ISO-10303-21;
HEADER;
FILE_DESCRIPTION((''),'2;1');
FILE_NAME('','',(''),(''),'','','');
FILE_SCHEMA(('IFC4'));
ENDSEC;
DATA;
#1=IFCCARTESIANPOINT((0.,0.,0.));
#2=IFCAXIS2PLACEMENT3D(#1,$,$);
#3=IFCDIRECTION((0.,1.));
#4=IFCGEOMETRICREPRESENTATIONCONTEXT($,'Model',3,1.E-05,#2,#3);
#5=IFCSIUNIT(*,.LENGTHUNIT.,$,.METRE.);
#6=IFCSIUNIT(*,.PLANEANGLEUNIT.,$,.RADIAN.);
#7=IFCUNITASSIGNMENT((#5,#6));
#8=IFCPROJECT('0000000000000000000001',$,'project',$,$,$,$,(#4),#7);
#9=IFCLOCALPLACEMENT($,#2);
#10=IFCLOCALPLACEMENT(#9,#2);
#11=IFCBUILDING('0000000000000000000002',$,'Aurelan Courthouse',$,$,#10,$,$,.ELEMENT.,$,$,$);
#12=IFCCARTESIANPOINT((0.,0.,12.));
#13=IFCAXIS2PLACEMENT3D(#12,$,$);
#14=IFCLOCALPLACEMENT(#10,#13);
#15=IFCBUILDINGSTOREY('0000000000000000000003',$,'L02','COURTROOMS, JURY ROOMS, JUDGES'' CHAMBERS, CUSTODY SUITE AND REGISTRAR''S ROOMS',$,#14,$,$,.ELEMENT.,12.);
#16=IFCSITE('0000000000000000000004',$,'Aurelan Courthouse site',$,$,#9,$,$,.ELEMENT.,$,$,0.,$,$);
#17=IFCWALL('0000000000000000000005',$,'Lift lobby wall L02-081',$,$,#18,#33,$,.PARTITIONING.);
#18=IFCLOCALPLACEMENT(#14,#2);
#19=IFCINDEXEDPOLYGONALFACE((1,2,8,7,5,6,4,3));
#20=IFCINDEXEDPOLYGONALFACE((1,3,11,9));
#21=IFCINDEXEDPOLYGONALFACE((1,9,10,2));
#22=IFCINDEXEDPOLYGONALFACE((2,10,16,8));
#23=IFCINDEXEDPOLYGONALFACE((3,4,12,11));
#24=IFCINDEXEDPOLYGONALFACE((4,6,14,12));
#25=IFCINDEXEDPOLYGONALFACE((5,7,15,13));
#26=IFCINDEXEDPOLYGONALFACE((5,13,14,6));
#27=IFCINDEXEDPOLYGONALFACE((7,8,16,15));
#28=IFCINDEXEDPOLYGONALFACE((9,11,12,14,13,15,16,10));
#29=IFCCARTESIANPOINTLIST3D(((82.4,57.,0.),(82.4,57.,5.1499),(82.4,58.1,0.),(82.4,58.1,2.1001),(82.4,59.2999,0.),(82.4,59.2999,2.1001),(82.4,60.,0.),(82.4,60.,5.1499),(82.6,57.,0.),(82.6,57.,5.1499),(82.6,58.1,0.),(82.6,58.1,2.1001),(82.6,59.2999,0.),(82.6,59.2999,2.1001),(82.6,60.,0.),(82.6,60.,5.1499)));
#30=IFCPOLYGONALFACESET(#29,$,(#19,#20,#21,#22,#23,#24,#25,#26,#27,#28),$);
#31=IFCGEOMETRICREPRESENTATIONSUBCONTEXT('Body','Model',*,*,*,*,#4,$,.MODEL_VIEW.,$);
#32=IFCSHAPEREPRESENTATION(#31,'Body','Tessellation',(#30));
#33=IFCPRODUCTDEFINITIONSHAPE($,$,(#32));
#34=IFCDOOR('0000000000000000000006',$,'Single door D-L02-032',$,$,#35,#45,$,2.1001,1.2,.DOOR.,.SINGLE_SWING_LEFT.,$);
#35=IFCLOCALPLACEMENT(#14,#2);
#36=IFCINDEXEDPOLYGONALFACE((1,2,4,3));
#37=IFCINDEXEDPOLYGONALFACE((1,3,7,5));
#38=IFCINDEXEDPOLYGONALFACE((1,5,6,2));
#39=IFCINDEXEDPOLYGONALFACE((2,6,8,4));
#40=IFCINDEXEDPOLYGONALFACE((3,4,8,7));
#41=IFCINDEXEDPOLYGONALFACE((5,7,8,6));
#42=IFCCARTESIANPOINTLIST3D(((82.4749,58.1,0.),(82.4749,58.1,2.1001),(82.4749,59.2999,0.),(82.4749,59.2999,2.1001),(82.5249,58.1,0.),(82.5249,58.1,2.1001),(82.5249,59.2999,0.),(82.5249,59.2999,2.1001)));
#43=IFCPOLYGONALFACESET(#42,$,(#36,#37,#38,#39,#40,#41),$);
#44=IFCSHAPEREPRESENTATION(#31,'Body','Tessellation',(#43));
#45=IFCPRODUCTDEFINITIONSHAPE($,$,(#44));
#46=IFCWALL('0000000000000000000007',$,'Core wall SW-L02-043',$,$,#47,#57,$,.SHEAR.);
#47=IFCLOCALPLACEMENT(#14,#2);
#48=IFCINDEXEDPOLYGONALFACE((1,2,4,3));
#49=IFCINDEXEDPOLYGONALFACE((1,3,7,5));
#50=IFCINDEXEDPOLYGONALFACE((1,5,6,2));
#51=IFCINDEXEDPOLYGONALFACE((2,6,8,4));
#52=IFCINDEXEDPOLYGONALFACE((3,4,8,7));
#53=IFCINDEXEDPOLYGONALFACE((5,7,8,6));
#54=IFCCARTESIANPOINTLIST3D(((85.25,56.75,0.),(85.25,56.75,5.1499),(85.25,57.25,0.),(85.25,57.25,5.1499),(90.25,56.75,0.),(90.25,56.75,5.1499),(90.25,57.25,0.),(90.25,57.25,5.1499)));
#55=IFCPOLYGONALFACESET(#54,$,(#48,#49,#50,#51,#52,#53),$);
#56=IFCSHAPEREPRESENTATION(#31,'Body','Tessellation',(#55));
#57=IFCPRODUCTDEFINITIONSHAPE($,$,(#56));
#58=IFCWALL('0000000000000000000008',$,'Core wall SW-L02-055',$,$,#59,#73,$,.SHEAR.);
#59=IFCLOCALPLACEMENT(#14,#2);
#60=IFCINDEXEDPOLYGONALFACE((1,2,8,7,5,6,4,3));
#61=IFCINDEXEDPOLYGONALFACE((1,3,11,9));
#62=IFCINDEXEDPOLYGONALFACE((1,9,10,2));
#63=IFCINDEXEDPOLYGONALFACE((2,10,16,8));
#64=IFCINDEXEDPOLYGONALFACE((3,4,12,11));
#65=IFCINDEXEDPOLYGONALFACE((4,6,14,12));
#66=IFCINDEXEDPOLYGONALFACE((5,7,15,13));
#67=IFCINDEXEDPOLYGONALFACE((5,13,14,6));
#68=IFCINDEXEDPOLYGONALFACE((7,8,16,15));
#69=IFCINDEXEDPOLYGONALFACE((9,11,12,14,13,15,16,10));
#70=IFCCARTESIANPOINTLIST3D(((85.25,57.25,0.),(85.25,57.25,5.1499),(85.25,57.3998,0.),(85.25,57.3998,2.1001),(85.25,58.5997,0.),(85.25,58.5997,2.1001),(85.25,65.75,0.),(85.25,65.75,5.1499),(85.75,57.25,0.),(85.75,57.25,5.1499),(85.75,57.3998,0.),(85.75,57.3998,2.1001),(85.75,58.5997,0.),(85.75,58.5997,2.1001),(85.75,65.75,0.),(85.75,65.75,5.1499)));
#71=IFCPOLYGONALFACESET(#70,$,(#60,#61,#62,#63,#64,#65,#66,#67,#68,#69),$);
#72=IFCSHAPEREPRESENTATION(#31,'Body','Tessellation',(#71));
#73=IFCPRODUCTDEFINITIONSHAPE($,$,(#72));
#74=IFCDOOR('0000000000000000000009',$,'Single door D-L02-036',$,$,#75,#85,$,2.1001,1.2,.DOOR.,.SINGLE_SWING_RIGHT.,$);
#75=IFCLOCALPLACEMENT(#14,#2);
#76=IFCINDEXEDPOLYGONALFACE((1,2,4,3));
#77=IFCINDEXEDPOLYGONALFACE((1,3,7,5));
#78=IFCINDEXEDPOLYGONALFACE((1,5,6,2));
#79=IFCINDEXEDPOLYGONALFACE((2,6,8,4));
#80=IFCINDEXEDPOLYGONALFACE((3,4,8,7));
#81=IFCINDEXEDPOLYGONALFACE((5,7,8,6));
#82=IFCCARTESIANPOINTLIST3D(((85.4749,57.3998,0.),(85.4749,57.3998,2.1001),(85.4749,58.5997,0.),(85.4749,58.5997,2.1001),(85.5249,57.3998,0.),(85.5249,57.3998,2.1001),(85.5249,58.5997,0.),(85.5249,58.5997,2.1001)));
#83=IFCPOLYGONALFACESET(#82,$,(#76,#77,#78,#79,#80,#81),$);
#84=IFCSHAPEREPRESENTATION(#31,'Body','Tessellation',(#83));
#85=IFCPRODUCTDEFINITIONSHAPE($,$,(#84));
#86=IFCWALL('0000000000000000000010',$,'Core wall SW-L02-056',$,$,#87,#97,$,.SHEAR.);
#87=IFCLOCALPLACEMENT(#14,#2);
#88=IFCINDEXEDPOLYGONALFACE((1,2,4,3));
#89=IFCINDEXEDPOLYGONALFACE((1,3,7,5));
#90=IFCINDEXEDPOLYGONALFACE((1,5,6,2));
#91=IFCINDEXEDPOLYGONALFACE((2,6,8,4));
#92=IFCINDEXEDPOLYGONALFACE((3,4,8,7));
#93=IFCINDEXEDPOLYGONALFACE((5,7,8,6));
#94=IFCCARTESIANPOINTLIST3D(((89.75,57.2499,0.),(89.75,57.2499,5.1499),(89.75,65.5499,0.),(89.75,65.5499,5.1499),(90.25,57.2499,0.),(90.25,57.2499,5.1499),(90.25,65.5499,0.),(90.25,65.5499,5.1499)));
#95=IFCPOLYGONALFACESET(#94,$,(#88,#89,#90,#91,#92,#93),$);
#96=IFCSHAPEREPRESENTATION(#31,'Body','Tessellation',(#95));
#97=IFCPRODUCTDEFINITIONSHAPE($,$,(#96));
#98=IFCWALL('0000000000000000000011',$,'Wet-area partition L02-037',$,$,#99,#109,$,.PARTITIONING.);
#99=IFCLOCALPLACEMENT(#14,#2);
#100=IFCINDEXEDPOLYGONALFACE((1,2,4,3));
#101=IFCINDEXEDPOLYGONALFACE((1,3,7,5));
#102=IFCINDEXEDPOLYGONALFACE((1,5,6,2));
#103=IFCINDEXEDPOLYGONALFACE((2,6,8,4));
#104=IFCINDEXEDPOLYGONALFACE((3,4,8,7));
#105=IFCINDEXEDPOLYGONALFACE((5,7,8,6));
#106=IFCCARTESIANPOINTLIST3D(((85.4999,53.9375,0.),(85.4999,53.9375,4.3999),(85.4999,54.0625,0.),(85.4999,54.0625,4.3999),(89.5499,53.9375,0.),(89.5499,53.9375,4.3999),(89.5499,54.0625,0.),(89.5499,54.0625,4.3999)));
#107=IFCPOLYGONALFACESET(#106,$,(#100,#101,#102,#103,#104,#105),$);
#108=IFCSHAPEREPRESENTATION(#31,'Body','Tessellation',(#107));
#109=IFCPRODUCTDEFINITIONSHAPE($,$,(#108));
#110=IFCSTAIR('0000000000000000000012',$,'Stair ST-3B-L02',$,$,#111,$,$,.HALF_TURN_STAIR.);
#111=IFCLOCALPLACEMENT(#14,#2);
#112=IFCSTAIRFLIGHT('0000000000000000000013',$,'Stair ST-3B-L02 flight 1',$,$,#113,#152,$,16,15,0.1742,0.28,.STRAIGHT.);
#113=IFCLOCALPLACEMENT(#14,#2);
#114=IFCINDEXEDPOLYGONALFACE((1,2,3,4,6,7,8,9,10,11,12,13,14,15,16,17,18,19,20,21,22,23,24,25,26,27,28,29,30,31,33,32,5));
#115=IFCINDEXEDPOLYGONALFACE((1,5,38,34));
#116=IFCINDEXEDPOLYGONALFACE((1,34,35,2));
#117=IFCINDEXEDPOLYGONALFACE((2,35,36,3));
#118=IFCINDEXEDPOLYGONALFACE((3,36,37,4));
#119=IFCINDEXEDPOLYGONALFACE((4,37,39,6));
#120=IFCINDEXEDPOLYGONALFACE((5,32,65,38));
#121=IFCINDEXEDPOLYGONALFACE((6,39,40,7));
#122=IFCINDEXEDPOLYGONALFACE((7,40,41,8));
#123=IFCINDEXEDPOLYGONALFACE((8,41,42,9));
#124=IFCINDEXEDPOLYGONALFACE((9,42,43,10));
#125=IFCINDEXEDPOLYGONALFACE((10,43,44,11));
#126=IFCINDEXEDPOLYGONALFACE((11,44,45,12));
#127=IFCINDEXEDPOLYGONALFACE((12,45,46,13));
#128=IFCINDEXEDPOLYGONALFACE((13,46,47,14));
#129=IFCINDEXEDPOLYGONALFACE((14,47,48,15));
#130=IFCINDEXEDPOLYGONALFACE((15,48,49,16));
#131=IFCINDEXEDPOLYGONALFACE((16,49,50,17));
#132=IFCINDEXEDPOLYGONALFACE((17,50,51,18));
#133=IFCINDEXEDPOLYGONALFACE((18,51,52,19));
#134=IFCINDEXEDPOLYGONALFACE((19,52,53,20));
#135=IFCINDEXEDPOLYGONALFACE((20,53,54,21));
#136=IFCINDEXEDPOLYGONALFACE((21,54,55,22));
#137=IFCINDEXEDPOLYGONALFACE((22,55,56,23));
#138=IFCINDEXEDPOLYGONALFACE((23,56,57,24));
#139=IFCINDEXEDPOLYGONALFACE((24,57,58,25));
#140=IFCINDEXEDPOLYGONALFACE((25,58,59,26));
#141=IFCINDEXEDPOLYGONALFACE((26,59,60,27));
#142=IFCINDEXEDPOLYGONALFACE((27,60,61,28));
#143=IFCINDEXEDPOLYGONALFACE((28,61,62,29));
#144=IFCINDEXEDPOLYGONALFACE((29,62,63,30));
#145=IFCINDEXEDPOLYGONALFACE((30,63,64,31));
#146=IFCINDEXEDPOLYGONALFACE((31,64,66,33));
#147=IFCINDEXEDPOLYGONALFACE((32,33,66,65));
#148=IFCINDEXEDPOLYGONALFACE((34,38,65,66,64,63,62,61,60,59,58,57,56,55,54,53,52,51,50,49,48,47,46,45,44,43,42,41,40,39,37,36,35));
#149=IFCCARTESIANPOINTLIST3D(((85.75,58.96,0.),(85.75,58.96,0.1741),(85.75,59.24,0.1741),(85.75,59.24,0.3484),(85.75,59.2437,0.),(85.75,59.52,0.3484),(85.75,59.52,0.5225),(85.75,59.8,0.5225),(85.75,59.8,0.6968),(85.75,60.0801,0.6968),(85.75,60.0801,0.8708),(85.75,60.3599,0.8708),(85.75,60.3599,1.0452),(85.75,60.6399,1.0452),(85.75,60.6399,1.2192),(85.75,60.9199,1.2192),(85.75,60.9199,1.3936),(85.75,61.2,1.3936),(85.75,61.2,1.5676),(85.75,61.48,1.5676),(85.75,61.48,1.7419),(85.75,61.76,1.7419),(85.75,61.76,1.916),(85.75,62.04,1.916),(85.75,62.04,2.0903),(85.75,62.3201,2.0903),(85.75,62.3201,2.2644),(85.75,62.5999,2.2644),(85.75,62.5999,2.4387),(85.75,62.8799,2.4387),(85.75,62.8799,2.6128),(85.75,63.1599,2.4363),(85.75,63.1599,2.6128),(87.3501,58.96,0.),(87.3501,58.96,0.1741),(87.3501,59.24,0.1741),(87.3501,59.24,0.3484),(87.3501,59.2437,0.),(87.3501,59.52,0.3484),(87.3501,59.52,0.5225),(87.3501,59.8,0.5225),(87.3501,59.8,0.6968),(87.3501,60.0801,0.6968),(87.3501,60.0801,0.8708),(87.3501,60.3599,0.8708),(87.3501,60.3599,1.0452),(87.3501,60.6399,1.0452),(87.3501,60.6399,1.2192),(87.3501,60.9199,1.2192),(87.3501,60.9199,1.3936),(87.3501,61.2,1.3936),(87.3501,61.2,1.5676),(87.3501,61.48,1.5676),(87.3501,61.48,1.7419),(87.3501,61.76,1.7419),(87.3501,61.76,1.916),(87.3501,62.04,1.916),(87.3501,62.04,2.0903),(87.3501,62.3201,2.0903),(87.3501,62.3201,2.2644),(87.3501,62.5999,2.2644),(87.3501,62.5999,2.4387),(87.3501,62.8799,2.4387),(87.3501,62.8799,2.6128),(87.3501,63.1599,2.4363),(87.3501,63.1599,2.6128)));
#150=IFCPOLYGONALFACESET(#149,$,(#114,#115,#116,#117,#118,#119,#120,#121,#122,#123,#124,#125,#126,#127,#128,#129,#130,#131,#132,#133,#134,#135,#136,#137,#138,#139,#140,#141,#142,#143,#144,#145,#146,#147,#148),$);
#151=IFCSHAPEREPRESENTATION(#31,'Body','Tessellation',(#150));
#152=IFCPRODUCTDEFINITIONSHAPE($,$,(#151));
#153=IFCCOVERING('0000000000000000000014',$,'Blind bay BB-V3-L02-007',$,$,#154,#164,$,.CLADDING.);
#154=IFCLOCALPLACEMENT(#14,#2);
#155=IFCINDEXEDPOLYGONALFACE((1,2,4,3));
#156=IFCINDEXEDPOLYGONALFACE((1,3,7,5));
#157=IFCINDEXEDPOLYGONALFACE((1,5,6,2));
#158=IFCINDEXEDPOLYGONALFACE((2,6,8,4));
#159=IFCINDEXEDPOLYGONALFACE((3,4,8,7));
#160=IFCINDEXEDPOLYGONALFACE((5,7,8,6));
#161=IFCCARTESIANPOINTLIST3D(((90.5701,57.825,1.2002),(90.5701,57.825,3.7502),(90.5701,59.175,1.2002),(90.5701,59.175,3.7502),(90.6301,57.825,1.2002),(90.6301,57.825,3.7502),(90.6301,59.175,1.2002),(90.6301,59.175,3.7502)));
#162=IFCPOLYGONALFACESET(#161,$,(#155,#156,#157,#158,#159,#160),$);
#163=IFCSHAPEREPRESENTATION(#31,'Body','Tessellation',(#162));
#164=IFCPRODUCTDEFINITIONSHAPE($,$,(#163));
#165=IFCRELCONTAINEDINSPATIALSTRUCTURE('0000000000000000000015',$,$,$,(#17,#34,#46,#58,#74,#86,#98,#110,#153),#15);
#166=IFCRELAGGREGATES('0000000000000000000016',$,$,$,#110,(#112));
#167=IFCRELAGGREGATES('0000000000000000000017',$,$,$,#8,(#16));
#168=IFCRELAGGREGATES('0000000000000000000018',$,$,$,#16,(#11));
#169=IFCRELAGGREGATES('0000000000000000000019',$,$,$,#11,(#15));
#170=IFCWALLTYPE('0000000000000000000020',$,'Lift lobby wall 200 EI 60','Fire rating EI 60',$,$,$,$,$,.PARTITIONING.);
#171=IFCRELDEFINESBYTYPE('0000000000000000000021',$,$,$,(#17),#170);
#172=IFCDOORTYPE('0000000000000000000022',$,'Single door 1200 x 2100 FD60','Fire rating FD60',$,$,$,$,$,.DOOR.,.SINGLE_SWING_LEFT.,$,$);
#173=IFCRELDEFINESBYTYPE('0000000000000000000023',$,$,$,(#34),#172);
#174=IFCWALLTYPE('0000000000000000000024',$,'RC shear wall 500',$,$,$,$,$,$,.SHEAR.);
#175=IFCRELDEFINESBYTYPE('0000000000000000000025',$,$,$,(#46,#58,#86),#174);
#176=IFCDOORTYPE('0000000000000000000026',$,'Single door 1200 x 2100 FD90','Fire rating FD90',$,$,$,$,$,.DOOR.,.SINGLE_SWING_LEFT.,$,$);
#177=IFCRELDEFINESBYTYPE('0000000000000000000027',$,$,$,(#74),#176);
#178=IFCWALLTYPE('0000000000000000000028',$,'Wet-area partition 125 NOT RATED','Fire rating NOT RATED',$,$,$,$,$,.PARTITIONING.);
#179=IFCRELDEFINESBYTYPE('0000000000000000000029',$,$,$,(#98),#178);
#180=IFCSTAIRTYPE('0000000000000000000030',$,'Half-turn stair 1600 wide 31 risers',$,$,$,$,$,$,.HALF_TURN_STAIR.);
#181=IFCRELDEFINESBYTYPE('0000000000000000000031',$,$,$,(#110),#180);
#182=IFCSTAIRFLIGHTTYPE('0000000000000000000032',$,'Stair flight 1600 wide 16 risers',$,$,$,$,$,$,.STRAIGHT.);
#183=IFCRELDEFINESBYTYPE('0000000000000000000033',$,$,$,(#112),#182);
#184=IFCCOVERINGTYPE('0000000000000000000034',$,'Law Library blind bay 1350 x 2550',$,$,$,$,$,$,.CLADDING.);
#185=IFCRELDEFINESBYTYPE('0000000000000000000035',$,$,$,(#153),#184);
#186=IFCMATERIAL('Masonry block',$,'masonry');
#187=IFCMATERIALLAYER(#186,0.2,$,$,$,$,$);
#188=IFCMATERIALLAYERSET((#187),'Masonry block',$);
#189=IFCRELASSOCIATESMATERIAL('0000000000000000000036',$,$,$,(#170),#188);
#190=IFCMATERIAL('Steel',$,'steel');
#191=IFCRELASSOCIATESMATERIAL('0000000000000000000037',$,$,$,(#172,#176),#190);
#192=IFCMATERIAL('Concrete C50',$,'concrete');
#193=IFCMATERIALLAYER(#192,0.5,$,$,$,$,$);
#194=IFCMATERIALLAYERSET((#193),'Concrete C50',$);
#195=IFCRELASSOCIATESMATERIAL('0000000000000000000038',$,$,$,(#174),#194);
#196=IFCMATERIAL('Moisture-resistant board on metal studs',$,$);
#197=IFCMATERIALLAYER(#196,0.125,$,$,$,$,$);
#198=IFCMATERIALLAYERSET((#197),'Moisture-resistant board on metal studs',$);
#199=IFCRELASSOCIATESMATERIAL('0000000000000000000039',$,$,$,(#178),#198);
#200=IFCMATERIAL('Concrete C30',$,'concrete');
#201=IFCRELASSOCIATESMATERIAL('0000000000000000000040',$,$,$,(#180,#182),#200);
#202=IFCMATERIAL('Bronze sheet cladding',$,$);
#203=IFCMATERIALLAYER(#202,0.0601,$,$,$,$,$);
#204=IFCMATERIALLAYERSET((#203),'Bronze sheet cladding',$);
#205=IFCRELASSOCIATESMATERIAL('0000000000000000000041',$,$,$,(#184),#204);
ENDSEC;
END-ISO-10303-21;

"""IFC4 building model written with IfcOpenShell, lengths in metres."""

from ifc_helpers import new_model, si_unit, direction, frame, frame_2d, origin, origin_2d, place, context, subcontext, project, spatial, polyline, rectangle, outline, extrude, material, layer, layer_set, type_object, element, fill, aggregate, save


model = new_model("IFC4")

# Units and contexts
model_context = context("Model", 3, precision=1e-05, world=origin(), true_north=direction((0.0, 1.0)))
body_context = subcontext(model_context, "Body", "Model", "MODEL_VIEW")
ifc_project = project(units=[si_unit("LENGTHUNIT", "METRE"), si_unit("PLANEANGLEUNIT", "RADIAN")], contexts=[model_context])

# Site, building, storey
site_placement = place(None, origin())
site = spatial("IfcSite", under=ifc_project, at=site_placement, Name="Aurelan Courthouse site", CompositionType="ELEMENT", RefElevation=0.0)
building_placement = place(site_placement, origin())
building = spatial("IfcBuilding", under=site, at=building_placement, Name="Aurelan Courthouse", CompositionType="ELEMENT")
storey_placement = place(building_placement, frame((0.0, 0.0, 12.0)))
storey = spatial("IfcBuildingStorey", under=building, at=storey_placement, Name="L02", Description="COURTROOMS, JURY ROOMS, JUDGES' CHAMBERS, CUSTODY SUITE AND REGISTRAR'S ROOMS", CompositionType="ELEMENT", Elevation=12.0)

# Shared definitions
ifc_material_1 = material(Name="Concrete C50", Category="concrete")

# Shared definitions
ifc_material_2 = material(Name="Steel", Category="steel")

# Shared definitions
ifc_material_3 = material(Name="Concrete C30", Category="concrete")

# Wall, opening, door
ifc_material_4 = material(Name="Masonry block", Category="masonry")
ifc_layer_1 = layer(ifc_material_4, 0.2)
ifc_layer_set_1 = layer_set([ifc_layer_1], Name="Masonry block")
wall_type_1 = type_object("IfcWallType", Name="Lift lobby wall 200 EI 60", Description="Fire rating EI 60", PredefinedType="PARTITIONING", material=ifc_layer_set_1)
door_type_1 = type_object("IfcDoorType", Name="Single door 1200 x 2100 FD60", Description="Fire rating FD60", OperationType="SINGLE_SWING_LEFT", PredefinedType="DOOR", material=ifc_material_2)
wall_1_placement = place(storey_placement, frame((82.5, 57.0, 0.0), z_axis=(0.0, 0.0, 1.0), x_axis=(0.0, 1.0, 0.0)))
wall_1 = element("IfcWall", 1, at=wall_1_placement, inside=storey, type_object=wall_type_1, Name="Lift lobby wall L02-081", PredefinedType="PARTITIONING", context=body_context, shape_type="SweptSolid", body=[
    extrude(rectangle(XDim=3.0, YDim=0.2, at=frame_2d((1.5, 0.0))), origin(), (0.0, 0.0, 1.0), 5.1499),
])
opening_1_placement = place(wall_1_placement, frame((2.3, 0.0, 0.0), z_axis=(0.0, 0.0, 1.0), x_axis=(-1.0, 0.0, 0.0)))
opening_1 = element("IfcOpeningElement", 2, at=opening_1_placement, cuts=wall_1, PredefinedType="OPENING", context=body_context, shape_type="SweptSolid", body=[
    extrude(rectangle(XDim=1.2, YDim=2.1001, at=frame_2d((0.6001, 1.05))), frame((0.0, 0.1099, 0.0), z_axis=(0.0, -1.0, 0.0), x_axis=(1.0, 0.0, 0.0)), (0.0, 0.0, 1.0), 0.22),
])
door_1_placement = place(opening_1_placement, origin())
door_1 = element("IfcDoor", 3, at=door_1_placement, inside=storey, type_object=door_type_1, Name="Single door D-L02-032", OperationType="SINGLE_SWING_LEFT", OverallHeight=2.1001, OverallWidth=1.2, PredefinedType="DOOR", context=body_context, shape_type="SweptSolid", body=[
    extrude(rectangle(XDim=1.2, YDim=2.1001, at=frame_2d((0.6001, 1.05))), frame((0.0, 0.0249, 0.0), z_axis=(0.0, -1.0, 0.0), x_axis=(1.0, 0.0, 0.0)), (0.0, 0.0, 1.0), 0.05),
])
fill(opening_1, door_1)

# Wall
ifc_layer_2 = layer(ifc_material_1, 0.5)
ifc_layer_set_2 = layer_set([ifc_layer_2], Name="Concrete C50")
wall_type_2 = type_object("IfcWallType", Name="RC shear wall 500", PredefinedType="SHEAR", material=ifc_layer_set_2)
wall_2_placement = place(storey_placement, frame((85.25, 57.0, 0.0), z_axis=(0.0, 0.0, 1.0), x_axis=(1.0, 0.0, 0.0)))
element("IfcWall", 4, at=wall_2_placement, inside=storey, type_object=wall_type_2, Name="Core wall SW-L02-043", PredefinedType="SHEAR", context=body_context, shape_type="SweptSolid", body=[
    extrude(rectangle(XDim=5.0, YDim=0.5, at=frame_2d((2.5, 0.0))), origin(), (0.0, 0.0, 1.0), 5.1499),
])

# Wall, opening, door
wall_3_placement = place(storey_placement, frame((85.5, 57.25, 0.0), z_axis=(0.0, 0.0, 1.0), x_axis=(0.0, 1.0, 0.0)))
wall_3 = element("IfcWall", 5, at=wall_3_placement, inside=storey, type_object=wall_type_2, Name="Core wall SW-L02-055", PredefinedType="SHEAR", context=body_context, shape_type="SweptSolid", body=[
    extrude(rectangle(XDim=8.5, YDim=0.5, at=frame_2d((4.25, 0.0))), origin(), (0.0, 0.0, 1.0), 5.1499),
])
opening_2_placement = place(wall_3_placement, frame((1.3499, 0.0, 0.0), z_axis=(0.0, 0.0, 1.0), x_axis=(-1.0, 0.0, 0.0)))
opening_2 = element("IfcOpeningElement", 6, at=opening_2_placement, cuts=wall_3, PredefinedType="OPENING", context=body_context, shape_type="SweptSolid", body=[
    extrude(rectangle(XDim=1.2, YDim=2.1001, at=frame_2d((0.6001, 1.05))), frame((0.0, 0.26, 0.0), z_axis=(0.0, -1.0, 0.0), x_axis=(1.0, 0.0, 0.0)), (0.0, 0.0, 1.0), 0.52),
])
door_type_2 = type_object("IfcDoorType", Name="Single door 1200 x 2100 FD90", Description="Fire rating FD90", OperationType="SINGLE_SWING_LEFT", PredefinedType="DOOR", material=ifc_material_2)
door_2_placement = place(opening_2_placement, origin())
door_2 = element("IfcDoor", 7, at=door_2_placement, inside=storey, type_object=door_type_2, Name="Single door D-L02-036", OperationType="SINGLE_SWING_RIGHT", OverallHeight=2.1001, OverallWidth=1.2, PredefinedType="DOOR", context=body_context, shape_type="SweptSolid", body=[
    extrude(rectangle(XDim=1.2, YDim=2.1001, at=frame_2d((0.6001, 1.05))), frame((0.0, 0.0249, 0.0), z_axis=(0.0, -1.0, 0.0), x_axis=(1.0, 0.0, 0.0)), (0.0, 0.0, 1.0), 0.05),
])
fill(opening_2, door_2)

# Walls
wall_4_placement = place(storey_placement, frame((90.0, 57.25, 0.0), z_axis=(0.0, 0.0, 1.0), x_axis=(0.0, 1.0, 0.0)))
element("IfcWall", 8, at=wall_4_placement, inside=storey, type_object=wall_type_2, Name="Core wall SW-L02-056", PredefinedType="SHEAR", context=body_context, shape_type="SweptSolid", body=[
    extrude(rectangle(XDim=8.3, YDim=0.5, at=frame_2d((4.1499, 0.0))), origin(), (0.0, 0.0, 1.0), 5.1499),
])
ifc_material_5 = material(Name="Moisture-resistant board on metal studs")
ifc_layer_3 = layer(ifc_material_5, 0.125)
ifc_layer_set_3 = layer_set([ifc_layer_3], Name="Moisture-resistant board on metal studs")
wall_type_3 = type_object("IfcWallType", Name="Wet-area partition 125 NOT RATED", Description="Fire rating NOT RATED", PredefinedType="PARTITIONING", material=ifc_layer_set_3)
wall_5_placement = place(storey_placement, frame((85.5, 54.0, 0.0), z_axis=(0.0, 0.0, 1.0), x_axis=(1.0, 0.0, 0.0)))
element("IfcWall", 9, at=wall_5_placement, inside=storey, type_object=wall_type_3, Name="Wet-area partition L02-037", PredefinedType="PARTITIONING", context=body_context, shape_type="SweptSolid", body=[
    extrude(rectangle(XDim=4.05, YDim=0.125, at=frame_2d((2.0249, 0.0))), origin(), (0.0, 0.0, 1.0), 4.3999),
])

# Stair, stair flight
stair_type = type_object("IfcStairType", Name="Half-turn stair 1600 wide 31 risers", PredefinedType="HALF_TURN_STAIR", material=ifc_material_3)
stair_placement = place(storey_placement, origin())
stair = element("IfcStair", 10, at=stair_placement, inside=storey, type_object=stair_type, Name="Stair ST-3B-L02", PredefinedType="HALF_TURN_STAIR")
stair_flight_type = type_object("IfcStairFlightType", Name="Stair flight 1600 wide 16 risers", PredefinedType="STRAIGHT", material=ifc_material_3)
stair_flight_placement = place(storey_placement, frame((86.55, 58.96, 0.0), z_axis=(0.0, 0.0, 1.0), x_axis=(0.0, 1.0, 0.0)))
stair_flight = element("IfcStairFlight", 11, at=stair_flight_placement, type_object=stair_flight_type, Name="Stair ST-3B-L02 flight 1", NumberOfRisers=16, NumberOfTreads=15, PredefinedType="STRAIGHT", RiserHeight=0.1742, TreadLength=0.28, context=body_context, shape_type="SweptSolid", body=[
    extrude(outline(polyline([(0.0, 0.0), (0.0, 0.1741), (0.28, 0.1741), (0.28, 0.3484), (0.5601, 0.3484), (0.5601, 0.5225), (0.8401, 0.5225), (0.8401, 0.6968), (1.1201, 0.6968), (1.1201, 0.8708), (1.3999, 0.8708), (1.3999, 1.0452), (1.6799, 1.0452), (1.6799, 1.2192), (1.96, 1.2192), (1.96, 1.3936), (2.24, 1.3936), (2.24, 1.5676), (2.52, 1.5676), (2.52, 1.7419), (2.8, 1.7419), (2.8, 1.916), (3.0801, 1.916), (3.0801, 2.0903), (3.3601, 2.0903), (3.3601, 2.2644), (3.6399, 2.2644), (3.6399, 2.4387), (3.9199, 2.4387), (3.9199, 2.6128), (4.2, 2.6128), (4.2, 2.7871), (4.2, 2.4363), (0.2837, 0.0), (0.0, 0.0)])), frame((0.0, 0.8, 0.0), z_axis=(0.0, -1.0, 0.0), x_axis=(1.0, 0.0, 0.0)), (0.0, 0.0, 1.0), 1.6001),
])
aggregate(stair, [stair_flight])

# Covering
ifc_material_6 = material(Name="Bronze sheet cladding")
ifc_layer_4 = layer(ifc_material_6, 0.0601)
ifc_layer_set_4 = layer_set([ifc_layer_4], Name="Bronze sheet cladding")
covering_type_1 = type_object("IfcCoveringType", Name="Law Library blind bay 1350 x 2550", PredefinedType="CLADDING", material=ifc_layer_set_4)
covering_1_placement = place(storey_placement, frame((90.6001, 58.5, 1.2002), z_axis=(0.0, 0.0, 1.0), x_axis=(1.0, 0.0, 0.0)))
element("IfcCovering", 12, at=covering_1_placement, inside=storey, type_object=covering_type_1, Name="Blind bay BB-V3-L02-007", PredefinedType="CLADDING", context=body_context, shape_type="SweptSolid", body=[
    extrude(rectangle(XDim=0.0601, YDim=1.3501, at=origin_2d()), origin(), (0.0, 0.0, 1.0), 2.55),
])

save(model, "model.ifc")
